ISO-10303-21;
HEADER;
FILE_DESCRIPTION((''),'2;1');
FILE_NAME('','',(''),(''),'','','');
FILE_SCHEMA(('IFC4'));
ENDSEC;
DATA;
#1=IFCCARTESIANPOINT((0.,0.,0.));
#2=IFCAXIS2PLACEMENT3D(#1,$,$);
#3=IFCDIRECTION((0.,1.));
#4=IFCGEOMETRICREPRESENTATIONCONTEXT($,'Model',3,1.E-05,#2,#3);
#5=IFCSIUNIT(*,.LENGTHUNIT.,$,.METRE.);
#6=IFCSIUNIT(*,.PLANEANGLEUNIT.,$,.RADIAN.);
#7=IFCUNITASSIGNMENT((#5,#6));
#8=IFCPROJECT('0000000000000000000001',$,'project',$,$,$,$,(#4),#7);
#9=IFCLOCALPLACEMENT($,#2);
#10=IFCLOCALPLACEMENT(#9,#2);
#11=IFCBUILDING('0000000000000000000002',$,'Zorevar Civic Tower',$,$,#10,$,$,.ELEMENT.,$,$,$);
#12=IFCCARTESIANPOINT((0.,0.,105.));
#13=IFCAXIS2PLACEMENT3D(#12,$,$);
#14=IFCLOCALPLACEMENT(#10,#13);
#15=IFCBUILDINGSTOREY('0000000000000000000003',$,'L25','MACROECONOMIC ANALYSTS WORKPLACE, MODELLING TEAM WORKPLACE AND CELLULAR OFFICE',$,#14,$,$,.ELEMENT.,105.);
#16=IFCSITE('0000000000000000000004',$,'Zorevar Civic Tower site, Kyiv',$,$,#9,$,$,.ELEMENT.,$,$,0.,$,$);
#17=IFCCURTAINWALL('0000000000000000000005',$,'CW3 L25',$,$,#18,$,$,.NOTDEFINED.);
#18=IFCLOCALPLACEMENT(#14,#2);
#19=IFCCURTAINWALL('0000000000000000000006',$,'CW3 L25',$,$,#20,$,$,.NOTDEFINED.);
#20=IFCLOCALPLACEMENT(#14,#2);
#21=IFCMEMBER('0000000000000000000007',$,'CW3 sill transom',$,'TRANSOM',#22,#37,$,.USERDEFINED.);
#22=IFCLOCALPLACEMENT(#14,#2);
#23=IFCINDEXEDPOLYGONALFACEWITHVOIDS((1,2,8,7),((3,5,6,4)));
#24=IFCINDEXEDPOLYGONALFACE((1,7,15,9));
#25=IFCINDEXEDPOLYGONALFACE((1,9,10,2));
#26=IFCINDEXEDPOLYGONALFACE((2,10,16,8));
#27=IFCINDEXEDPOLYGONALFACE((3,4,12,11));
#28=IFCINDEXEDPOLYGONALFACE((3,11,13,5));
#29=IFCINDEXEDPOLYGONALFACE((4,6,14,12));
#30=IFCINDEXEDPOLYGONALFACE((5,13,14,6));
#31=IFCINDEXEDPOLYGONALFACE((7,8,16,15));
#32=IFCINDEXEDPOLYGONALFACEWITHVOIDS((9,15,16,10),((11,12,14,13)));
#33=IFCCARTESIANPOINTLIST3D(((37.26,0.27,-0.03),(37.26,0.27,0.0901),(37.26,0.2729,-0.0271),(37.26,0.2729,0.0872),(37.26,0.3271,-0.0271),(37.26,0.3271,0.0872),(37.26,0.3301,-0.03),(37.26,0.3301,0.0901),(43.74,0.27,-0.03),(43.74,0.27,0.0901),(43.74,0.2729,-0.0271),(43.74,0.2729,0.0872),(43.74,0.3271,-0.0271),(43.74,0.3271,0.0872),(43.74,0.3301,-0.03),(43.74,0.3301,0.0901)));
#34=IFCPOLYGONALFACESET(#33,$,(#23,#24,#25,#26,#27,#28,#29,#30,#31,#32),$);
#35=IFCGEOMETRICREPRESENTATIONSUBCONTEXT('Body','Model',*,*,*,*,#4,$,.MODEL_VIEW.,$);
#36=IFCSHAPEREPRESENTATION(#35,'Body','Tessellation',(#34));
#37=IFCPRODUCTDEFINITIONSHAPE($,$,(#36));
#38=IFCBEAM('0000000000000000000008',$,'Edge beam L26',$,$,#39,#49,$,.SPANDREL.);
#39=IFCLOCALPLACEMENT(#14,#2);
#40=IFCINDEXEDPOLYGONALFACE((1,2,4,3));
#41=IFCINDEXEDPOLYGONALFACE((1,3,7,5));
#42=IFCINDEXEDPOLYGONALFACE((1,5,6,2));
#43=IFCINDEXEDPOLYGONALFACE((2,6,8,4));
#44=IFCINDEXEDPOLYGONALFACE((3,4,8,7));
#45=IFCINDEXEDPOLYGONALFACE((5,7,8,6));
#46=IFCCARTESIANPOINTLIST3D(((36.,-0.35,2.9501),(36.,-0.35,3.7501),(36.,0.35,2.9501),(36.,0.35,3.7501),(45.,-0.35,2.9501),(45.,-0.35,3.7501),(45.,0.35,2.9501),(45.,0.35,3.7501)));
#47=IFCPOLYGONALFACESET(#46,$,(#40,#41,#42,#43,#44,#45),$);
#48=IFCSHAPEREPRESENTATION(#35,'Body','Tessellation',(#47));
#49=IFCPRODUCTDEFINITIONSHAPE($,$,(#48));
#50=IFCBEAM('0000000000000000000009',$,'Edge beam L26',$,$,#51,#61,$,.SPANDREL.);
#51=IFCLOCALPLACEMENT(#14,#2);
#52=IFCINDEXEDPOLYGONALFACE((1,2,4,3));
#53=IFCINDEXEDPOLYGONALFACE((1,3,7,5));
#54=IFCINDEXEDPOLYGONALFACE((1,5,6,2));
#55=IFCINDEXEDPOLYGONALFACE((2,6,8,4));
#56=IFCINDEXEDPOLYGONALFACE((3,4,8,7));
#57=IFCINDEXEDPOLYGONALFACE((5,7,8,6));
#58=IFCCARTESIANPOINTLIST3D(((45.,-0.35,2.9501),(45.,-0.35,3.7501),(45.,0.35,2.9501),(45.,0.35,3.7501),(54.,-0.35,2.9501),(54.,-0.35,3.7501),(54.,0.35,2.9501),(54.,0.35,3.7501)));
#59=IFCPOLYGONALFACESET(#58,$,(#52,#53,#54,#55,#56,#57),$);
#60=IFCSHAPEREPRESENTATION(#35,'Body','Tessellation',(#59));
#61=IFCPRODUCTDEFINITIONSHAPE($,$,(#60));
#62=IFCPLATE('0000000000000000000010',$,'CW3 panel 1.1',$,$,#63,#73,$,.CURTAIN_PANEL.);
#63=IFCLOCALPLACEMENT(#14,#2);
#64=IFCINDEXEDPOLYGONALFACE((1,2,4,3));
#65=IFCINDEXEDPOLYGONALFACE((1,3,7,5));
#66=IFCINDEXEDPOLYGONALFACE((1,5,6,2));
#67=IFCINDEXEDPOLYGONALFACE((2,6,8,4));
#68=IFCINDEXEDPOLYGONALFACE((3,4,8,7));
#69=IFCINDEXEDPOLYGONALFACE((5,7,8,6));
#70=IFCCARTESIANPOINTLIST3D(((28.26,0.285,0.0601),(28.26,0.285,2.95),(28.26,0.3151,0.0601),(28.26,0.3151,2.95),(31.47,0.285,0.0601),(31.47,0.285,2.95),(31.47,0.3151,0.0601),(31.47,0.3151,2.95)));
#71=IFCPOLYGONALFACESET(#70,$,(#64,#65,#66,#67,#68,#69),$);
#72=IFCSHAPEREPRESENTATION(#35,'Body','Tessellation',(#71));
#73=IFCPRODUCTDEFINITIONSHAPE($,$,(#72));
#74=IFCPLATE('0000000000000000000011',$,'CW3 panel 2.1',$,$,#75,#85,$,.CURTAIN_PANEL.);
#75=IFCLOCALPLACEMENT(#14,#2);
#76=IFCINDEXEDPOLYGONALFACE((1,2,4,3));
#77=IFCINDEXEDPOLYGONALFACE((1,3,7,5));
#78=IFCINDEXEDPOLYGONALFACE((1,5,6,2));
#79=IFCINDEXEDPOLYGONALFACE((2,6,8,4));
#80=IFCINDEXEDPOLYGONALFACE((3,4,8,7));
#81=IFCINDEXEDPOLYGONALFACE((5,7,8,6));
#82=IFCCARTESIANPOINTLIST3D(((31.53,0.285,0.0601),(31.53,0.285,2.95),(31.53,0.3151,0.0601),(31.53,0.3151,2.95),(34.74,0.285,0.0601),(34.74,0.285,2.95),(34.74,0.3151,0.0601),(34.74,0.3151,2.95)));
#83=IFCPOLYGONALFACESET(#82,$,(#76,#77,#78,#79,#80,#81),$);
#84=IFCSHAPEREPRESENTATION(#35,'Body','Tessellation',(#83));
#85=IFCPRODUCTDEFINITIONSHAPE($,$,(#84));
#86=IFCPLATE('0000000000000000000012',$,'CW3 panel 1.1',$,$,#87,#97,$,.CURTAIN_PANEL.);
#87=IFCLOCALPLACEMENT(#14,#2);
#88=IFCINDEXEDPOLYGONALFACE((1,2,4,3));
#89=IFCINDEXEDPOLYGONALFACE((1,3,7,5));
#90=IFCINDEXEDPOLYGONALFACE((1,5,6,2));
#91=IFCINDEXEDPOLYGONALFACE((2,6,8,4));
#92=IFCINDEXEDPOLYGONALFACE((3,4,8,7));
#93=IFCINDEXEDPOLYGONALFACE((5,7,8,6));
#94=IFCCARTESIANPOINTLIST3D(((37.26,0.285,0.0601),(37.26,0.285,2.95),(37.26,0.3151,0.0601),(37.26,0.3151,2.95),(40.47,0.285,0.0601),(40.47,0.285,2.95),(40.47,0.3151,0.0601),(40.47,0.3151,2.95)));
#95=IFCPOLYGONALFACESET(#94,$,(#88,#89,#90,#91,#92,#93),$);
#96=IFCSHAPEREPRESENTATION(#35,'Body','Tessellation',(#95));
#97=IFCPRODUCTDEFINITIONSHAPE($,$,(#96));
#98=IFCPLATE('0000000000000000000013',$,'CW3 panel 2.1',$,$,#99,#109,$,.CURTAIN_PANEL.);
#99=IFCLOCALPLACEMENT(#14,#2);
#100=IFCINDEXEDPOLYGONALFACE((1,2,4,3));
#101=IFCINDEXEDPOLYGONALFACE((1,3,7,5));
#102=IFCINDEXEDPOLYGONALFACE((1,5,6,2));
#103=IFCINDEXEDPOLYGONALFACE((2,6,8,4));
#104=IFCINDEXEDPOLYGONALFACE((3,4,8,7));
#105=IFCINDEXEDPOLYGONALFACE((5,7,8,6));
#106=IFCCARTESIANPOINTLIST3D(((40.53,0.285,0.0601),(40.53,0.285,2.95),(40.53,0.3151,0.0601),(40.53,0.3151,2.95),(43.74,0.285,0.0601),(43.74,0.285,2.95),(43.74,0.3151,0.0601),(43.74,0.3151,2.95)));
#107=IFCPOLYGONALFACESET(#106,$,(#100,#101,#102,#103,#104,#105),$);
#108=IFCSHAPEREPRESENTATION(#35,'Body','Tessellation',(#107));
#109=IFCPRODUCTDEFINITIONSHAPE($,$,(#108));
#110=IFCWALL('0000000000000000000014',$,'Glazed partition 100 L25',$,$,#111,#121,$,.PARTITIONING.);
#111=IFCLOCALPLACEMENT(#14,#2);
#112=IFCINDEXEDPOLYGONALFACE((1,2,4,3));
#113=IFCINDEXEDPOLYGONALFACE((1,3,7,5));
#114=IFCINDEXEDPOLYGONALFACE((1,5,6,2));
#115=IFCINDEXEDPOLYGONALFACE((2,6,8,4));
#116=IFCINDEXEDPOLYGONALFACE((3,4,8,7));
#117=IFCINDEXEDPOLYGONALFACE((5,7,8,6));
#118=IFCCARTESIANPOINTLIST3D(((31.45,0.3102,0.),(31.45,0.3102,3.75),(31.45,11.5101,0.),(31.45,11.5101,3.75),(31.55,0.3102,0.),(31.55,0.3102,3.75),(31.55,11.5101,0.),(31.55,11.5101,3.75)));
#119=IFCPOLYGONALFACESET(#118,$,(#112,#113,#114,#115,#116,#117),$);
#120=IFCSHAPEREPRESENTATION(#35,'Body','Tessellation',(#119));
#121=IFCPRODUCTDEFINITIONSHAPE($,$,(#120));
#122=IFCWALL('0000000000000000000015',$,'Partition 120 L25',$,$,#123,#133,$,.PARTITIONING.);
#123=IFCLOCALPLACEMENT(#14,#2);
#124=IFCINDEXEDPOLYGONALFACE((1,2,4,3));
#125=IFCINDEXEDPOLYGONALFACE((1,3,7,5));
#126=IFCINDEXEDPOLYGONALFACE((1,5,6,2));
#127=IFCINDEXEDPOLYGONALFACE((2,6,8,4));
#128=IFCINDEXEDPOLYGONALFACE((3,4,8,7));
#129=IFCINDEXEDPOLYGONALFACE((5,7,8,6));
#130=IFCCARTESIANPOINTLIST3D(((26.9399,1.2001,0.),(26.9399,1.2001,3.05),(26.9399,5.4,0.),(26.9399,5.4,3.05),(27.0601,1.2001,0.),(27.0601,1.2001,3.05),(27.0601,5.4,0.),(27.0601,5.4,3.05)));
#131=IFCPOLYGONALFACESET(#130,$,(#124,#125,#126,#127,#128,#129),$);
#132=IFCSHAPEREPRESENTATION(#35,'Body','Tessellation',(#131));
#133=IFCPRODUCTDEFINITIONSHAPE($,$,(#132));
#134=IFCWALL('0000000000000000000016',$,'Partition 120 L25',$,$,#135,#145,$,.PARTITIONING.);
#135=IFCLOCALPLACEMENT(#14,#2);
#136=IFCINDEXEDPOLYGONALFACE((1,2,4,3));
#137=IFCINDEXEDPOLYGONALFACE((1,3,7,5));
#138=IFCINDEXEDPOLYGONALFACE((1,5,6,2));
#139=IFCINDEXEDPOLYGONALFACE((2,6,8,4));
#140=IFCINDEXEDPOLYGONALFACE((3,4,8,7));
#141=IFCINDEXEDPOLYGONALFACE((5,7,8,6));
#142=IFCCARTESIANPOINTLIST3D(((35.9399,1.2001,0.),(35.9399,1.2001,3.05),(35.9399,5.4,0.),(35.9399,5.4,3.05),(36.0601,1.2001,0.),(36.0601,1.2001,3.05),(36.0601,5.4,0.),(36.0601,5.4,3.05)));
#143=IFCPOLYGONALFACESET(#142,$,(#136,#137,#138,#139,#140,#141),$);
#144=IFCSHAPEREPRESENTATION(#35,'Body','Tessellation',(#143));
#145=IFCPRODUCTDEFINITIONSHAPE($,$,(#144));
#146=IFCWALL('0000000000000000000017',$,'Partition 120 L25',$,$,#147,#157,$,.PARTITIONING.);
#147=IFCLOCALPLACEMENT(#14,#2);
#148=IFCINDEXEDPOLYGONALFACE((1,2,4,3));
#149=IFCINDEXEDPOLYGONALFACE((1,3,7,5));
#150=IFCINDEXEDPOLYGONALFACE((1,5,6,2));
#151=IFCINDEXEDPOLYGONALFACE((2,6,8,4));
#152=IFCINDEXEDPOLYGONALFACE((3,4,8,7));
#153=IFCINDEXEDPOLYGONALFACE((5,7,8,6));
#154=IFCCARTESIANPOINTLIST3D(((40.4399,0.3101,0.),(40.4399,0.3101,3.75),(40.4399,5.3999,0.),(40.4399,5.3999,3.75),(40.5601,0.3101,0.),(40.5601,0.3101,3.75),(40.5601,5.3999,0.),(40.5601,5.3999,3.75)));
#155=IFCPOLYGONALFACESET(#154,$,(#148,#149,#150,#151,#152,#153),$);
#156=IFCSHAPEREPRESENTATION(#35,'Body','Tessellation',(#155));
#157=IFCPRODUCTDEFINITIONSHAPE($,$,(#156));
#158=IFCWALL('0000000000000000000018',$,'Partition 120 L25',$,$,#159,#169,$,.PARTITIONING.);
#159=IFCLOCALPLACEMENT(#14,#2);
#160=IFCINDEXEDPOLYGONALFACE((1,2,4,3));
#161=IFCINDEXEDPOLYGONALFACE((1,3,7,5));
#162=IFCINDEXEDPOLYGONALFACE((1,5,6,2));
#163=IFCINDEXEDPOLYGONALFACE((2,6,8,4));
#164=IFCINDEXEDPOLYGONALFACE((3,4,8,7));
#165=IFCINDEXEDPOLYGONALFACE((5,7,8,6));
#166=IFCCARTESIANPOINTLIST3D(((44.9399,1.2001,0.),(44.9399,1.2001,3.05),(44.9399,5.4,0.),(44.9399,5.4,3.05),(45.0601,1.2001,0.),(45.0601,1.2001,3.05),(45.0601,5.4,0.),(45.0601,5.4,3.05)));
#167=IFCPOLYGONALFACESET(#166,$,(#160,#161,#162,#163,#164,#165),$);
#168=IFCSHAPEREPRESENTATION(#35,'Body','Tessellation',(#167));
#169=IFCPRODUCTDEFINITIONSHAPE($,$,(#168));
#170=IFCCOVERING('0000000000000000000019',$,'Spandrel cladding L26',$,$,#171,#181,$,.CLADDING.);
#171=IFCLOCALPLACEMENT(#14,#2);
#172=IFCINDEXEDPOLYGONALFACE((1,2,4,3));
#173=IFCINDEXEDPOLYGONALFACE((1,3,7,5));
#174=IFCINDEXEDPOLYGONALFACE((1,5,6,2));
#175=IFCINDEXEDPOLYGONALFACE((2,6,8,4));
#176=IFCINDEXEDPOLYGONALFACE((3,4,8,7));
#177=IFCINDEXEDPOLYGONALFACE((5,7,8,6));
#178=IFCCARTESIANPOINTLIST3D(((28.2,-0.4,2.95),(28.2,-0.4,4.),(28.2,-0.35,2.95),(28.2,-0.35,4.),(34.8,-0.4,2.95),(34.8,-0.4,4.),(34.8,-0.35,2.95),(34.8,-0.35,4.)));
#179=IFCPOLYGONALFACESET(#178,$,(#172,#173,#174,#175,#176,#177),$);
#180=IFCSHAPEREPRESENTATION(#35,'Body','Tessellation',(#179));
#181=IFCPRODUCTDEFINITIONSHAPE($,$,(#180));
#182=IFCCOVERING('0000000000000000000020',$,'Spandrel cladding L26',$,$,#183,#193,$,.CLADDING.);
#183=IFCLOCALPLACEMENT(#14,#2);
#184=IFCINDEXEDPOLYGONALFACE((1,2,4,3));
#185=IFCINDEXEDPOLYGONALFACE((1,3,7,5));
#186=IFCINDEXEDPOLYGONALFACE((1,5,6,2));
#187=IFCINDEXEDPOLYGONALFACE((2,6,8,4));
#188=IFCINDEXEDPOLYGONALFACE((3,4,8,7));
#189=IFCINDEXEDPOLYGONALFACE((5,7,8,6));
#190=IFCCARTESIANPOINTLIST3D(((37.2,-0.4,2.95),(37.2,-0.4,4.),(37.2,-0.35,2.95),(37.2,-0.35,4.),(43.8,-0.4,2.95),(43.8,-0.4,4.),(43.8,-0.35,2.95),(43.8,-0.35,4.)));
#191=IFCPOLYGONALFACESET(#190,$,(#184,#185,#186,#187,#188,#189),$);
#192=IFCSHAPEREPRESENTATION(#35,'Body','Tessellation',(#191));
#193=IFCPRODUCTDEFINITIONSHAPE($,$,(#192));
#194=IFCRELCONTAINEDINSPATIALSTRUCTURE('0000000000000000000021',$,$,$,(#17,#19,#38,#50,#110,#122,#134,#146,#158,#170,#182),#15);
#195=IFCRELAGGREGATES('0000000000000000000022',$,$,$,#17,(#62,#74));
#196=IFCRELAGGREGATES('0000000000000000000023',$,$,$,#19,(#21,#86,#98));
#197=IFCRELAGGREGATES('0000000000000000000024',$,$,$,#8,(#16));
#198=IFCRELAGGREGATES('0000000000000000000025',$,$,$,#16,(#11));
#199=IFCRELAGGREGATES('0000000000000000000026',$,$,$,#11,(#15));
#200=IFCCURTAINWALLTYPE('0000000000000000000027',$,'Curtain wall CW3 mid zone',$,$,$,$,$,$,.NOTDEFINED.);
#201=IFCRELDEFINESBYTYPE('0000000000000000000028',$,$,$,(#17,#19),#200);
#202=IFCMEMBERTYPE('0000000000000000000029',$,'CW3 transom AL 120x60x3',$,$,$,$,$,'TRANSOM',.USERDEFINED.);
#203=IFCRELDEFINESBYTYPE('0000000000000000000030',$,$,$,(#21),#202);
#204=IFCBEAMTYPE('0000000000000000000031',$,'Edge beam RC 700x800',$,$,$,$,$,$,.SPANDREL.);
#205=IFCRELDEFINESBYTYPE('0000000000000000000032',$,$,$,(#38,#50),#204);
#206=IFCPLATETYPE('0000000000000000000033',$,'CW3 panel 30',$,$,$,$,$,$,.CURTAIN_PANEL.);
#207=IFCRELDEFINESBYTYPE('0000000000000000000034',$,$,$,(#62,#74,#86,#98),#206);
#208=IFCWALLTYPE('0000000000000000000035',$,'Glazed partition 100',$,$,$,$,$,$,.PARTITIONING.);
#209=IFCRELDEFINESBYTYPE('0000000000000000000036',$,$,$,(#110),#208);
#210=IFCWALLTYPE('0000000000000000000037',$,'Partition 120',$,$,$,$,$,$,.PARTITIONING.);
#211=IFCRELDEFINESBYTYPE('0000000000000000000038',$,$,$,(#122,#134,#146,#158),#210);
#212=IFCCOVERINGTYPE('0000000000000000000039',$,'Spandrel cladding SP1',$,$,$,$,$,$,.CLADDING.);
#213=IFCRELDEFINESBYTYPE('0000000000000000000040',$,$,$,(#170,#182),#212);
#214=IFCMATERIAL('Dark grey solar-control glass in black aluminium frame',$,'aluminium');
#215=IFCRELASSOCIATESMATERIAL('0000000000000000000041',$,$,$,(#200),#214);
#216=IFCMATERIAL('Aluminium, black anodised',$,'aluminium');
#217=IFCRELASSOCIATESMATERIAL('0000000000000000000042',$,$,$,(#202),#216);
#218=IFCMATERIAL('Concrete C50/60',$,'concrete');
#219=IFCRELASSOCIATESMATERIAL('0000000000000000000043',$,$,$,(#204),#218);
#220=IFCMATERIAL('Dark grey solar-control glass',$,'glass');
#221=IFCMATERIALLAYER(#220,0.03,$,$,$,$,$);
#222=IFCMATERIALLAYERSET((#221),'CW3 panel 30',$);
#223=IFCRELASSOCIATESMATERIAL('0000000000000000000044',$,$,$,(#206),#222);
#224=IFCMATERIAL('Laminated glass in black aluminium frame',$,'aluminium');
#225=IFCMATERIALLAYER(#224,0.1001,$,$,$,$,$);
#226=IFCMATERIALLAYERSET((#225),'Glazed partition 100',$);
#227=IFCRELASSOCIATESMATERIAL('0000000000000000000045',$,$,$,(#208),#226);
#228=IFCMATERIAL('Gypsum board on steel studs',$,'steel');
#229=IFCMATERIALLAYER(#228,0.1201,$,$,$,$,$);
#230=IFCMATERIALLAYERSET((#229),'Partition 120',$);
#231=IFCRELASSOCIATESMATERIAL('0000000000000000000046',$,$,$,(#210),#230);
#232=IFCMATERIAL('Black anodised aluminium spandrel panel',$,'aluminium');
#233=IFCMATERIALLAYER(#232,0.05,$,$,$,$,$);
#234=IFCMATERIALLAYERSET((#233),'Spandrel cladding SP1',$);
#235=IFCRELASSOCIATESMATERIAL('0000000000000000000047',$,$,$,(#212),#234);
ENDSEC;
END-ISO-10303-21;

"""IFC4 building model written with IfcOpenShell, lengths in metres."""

from ifc_helpers import new_model, si_unit, direction, frame, frame_2d, origin, origin_2d, place, context, subcontext, project, spatial, rectangle, hollow_rectangle, extrude, material, layer, layer_set, material_profile, profile_set, type_object, element, aggregate, save


model = new_model("IFC4")

# Units and contexts
model_context = context("Model", 3, precision=1e-05, world=origin(), true_north=direction((0.0, 1.0)))
body_context = subcontext(model_context, "Body", "Model", "MODEL_VIEW")
ifc_project = project(units=[si_unit("LENGTHUNIT", "METRE"), si_unit("PLANEANGLEUNIT", "RADIAN")], contexts=[model_context])

# Site, building, storey
site_placement = place(None, origin())
site = spatial("IfcSite", under=ifc_project, at=site_placement, Name="Zorevar Civic Tower site, Kyiv", CompositionType="ELEMENT", RefElevation=0.0)
building_placement = place(site_placement, origin())
building = spatial("IfcBuilding", under=site, at=building_placement, Name="Zorevar Civic Tower", CompositionType="ELEMENT")
storey_placement = place(building_placement, frame((0.0, 0.0, 105.0)))
storey = spatial("IfcBuildingStorey", under=building, at=storey_placement, Name="L25", Description="MACROECONOMIC ANALYSTS WORKPLACE, MODELLING TEAM WORKPLACE AND CELLULAR OFFICE", CompositionType="ELEMENT", Elevation=105.0)

# Curtain walls
ifc_material_1 = material(Name="Dark grey solar-control glass in black aluminium frame", Category="aluminium")
curtain_wall_type = type_object("IfcCurtainWallType", Name="Curtain wall CW3 mid zone", PredefinedType="NOTDEFINED", material=ifc_material_1)
curtain_wall_1_placement = place(storey_placement, origin())
curtain_wall_1 = element("IfcCurtainWall", 1, at=curtain_wall_1_placement, inside=storey, type_object=curtain_wall_type, Name="CW3 L25", PredefinedType="NOTDEFINED")
curtain_wall_2_placement = place(storey_placement, origin())
curtain_wall_2 = element("IfcCurtainWall", 2, at=curtain_wall_2_placement, inside=storey, type_object=curtain_wall_type, Name="CW3 L25", PredefinedType="NOTDEFINED")

# Member
ifc_material_2 = material(Name="Aluminium, black anodised", Category="aluminium")
ifc_material_profile_1 = material_profile(ifc_material_2, hollow_rectangle(XDim=0.0601, YDim=0.1201, WallThickness=0.0029, at=origin_2d()), Name="AL 120x60x3")
ifc_profile_set_1 = profile_set([ifc_material_profile_1], Name="Aluminium, black anodised")
member_type_1 = type_object("IfcMemberType", Name="CW3 transom AL 120x60x3", ElementType="TRANSOM", PredefinedType="USERDEFINED", material=ifc_profile_set_1)
member_1_placement = place(storey_placement, frame((37.26, 0.3, 0.03), z_axis=(1.0, 0.0, 0.0), x_axis=(0.0, 1.0, 0.0)))
member_1 = element("IfcMember", 3, at=member_1_placement, type_object=member_type_1, Name="CW3 sill transom", ObjectType="TRANSOM", PredefinedType="USERDEFINED", context=body_context, shape_type="SweptSolid", body=[
    extrude(hollow_rectangle(XDim=0.0601, YDim=0.1201, WallThickness=0.0029, at=origin_2d()), origin(), (0.0, 0.0, 1.0), 6.48),
])

# Beams
ifc_material_3 = material(Name="Concrete C50/60", Category="concrete")
ifc_material_profile_2 = material_profile(ifc_material_3, rectangle(XDim=0.7, YDim=0.8, at=origin_2d()), Name="RC 700x800")
ifc_profile_set_2 = profile_set([ifc_material_profile_2], Name="Concrete C50/60")
beam_type_1 = type_object("IfcBeamType", Name="Edge beam RC 700x800", PredefinedType="SPANDREL", material=ifc_profile_set_2)
for number, where, z_axis, x_axis, name in (
    (4, (36.0, 0.0, 3.3501), (1.0, 0.0, 0.0), (0.0, 1.0, 0.0), "Edge beam L26"),
    (5, (45.0, 0.0, 3.3501), (1.0, 0.0, 0.0), (0.0, 1.0, 0.0), "Edge beam L26"),
):
    element("IfcBeam", number, at=place(storey_placement, frame(where, z_axis=z_axis, x_axis=x_axis)), inside=storey, type_object=beam_type_1, Name=name, PredefinedType="SPANDREL", context=body_context, shape_type="SweptSolid", body=[
        extrude(rectangle(XDim=0.7, YDim=0.8, at=origin_2d()), origin(), (0.0, 0.0, 1.0), 9.0),
    ])

# Plates
ifc_material_4 = material(Name="Dark grey solar-control glass", Category="glass")
ifc_layer_1 = layer(ifc_material_4, 0.03)
ifc_layer_set_1 = layer_set([ifc_layer_1], Name="CW3 panel 30")
plate_type = type_object("IfcPlateType", Name="CW3 panel 30", PredefinedType="CURTAIN_PANEL", material=ifc_layer_set_1)
plate_1_placement = place(storey_placement, frame((29.865, 0.3, 0.0601), z_axis=(0.0, 0.0, 1.0), x_axis=(1.0, 0.0, 0.0)))
plate_1 = element("IfcPlate", 6, at=plate_1_placement, type_object=plate_type, Name="CW3 panel 1.1", PredefinedType="CURTAIN_PANEL", context=body_context, shape_type="SweptSolid", body=[
    extrude(rectangle(XDim=3.21, YDim=0.03, at=origin_2d()), origin(), (0.0, 0.0, 1.0), 2.8899),
])
plate_2_placement = place(storey_placement, frame((33.135, 0.3, 0.0601), z_axis=(0.0, 0.0, 1.0), x_axis=(1.0, 0.0, 0.0)))
plate_2 = element("IfcPlate", 7, at=plate_2_placement, type_object=plate_type, Name="CW3 panel 2.1", PredefinedType="CURTAIN_PANEL", context=body_context, shape_type="SweptSolid", body=[
    extrude(rectangle(XDim=3.21, YDim=0.03, at=origin_2d()), origin(), (0.0, 0.0, 1.0), 2.8899),
])
aggregate(curtain_wall_1, [plate_1, plate_2])
plate_3_placement = place(storey_placement, frame((38.865, 0.3, 0.0601), z_axis=(0.0, 0.0, 1.0), x_axis=(1.0, 0.0, 0.0)))
plate_3 = element("IfcPlate", 8, at=plate_3_placement, type_object=plate_type, Name="CW3 panel 1.1", PredefinedType="CURTAIN_PANEL", context=body_context, shape_type="SweptSolid", body=[
    extrude(rectangle(XDim=3.21, YDim=0.03, at=origin_2d()), origin(), (0.0, 0.0, 1.0), 2.8899),
])
plate_4_placement = place(storey_placement, frame((42.135, 0.3, 0.0601), z_axis=(0.0, 0.0, 1.0), x_axis=(1.0, 0.0, 0.0)))
plate_4 = element("IfcPlate", 9, at=plate_4_placement, type_object=plate_type, Name="CW3 panel 2.1", PredefinedType="CURTAIN_PANEL", context=body_context, shape_type="SweptSolid", body=[
    extrude(rectangle(XDim=3.21, YDim=0.03, at=origin_2d()), origin(), (0.0, 0.0, 1.0), 2.8899),
])
aggregate(curtain_wall_2, [member_1, plate_3, plate_4])

# Walls
ifc_material_5 = material(Name="Laminated glass in black aluminium frame", Category="aluminium")
ifc_layer_2 = layer(ifc_material_5, 0.1001)
ifc_layer_set_2 = layer_set([ifc_layer_2], Name="Glazed partition 100")
wall_type_1 = type_object("IfcWallType", Name="Glazed partition 100", PredefinedType="PARTITIONING", material=ifc_layer_set_2)
wall_1_placement = place(storey_placement, frame((31.5, 0.3101, 0.0), z_axis=(0.0, 0.0, 1.0), x_axis=(0.0, 1.0, 0.0)))
element("IfcWall", 10, at=wall_1_placement, inside=storey, type_object=wall_type_1, Name="Glazed partition 100 L25", PredefinedType="PARTITIONING", context=body_context, shape_type="SweptSolid", body=[
    extrude(rectangle(XDim=11.2, YDim=0.1001, at=frame_2d((5.6001, 0.0))), origin(), (0.0, 0.0, 1.0), 3.75),
])
ifc_material_6 = material(Name="Gypsum board on steel studs", Category="steel")
ifc_layer_3 = layer(ifc_material_6, 0.1201)
ifc_layer_set_3 = layer_set([ifc_layer_3], Name="Partition 120")
wall_type_2 = type_object("IfcWallType", Name="Partition 120", PredefinedType="PARTITIONING", material=ifc_layer_set_3)
for number, where, z_axis, x_axis, name in (
    (11, (27.0, 1.2, 0.0), (0.0, 0.0, 1.0), (0.0, 1.0, 0.0), "Partition 120 L25"),
    (12, (36.0, 1.2, 0.0), (0.0, 0.0, 1.0), (0.0, 1.0, 0.0), "Partition 120 L25"),
):
    element("IfcWall", number, at=place(storey_placement, frame(where, z_axis=z_axis, x_axis=x_axis)), inside=storey, type_object=wall_type_2, Name=name, PredefinedType="PARTITIONING", context=body_context, shape_type="SweptSolid", body=[
        extrude(rectangle(XDim=4.2, YDim=0.1201, at=frame_2d((2.1001, 0.0))), origin(), (0.0, 0.0, 1.0), 3.05),
    ])
wall_2_placement = place(storey_placement, frame((40.5, 0.3101, 0.0), z_axis=(0.0, 0.0, 1.0), x_axis=(0.0, 1.0, 0.0)))
element("IfcWall", 13, at=wall_2_placement, inside=storey, type_object=wall_type_2, Name="Partition 120 L25", PredefinedType="PARTITIONING", context=body_context, shape_type="SweptSolid", body=[
    extrude(rectangle(XDim=5.0898, YDim=0.1201, at=frame_2d((2.5449, 0.0))), origin(), (0.0, 0.0, 1.0), 3.75),
])
wall_3_placement = place(storey_placement, frame((45.0, 1.2, 0.0), z_axis=(0.0, 0.0, 1.0), x_axis=(0.0, 1.0, 0.0)))
element("IfcWall", 14, at=wall_3_placement, inside=storey, type_object=wall_type_2, Name="Partition 120 L25", PredefinedType="PARTITIONING", context=body_context, shape_type="SweptSolid", body=[
    extrude(rectangle(XDim=4.2, YDim=0.1201, at=frame_2d((2.1001, 0.0))), origin(), (0.0, 0.0, 1.0), 3.05),
])

# Coverings
ifc_material_7 = material(Name="Black anodised aluminium spandrel panel", Category="aluminium")
ifc_layer_4 = layer(ifc_material_7, 0.05)
ifc_layer_set_4 = layer_set([ifc_layer_4], Name="Spandrel cladding SP1")
covering_type = type_object("IfcCoveringType", Name="Spandrel cladding SP1", PredefinedType="CLADDING", material=ifc_layer_set_4)
for number, where, z_axis, x_axis, name in (
    (15, (28.2, -0.375, 2.95), (0.0, 0.0, 1.0), (1.0, 0.0, 0.0), "Spandrel cladding L26"),
    (16, (37.2, -0.375, 2.95), (0.0, 0.0, 1.0), (1.0, 0.0, 0.0), "Spandrel cladding L26"),
):
    element("IfcCovering", number, at=place(storey_placement, frame(where, z_axis=z_axis, x_axis=x_axis)), inside=storey, type_object=covering_type, Name=name, PredefinedType="CLADDING", context=body_context, shape_type="SweptSolid", body=[
        extrude(rectangle(XDim=6.6001, YDim=0.05, at=frame_2d((3.3, 0.0))), origin(), (0.0, 0.0, 1.0), 1.05),
    ])

save(model, "model.ifc")
